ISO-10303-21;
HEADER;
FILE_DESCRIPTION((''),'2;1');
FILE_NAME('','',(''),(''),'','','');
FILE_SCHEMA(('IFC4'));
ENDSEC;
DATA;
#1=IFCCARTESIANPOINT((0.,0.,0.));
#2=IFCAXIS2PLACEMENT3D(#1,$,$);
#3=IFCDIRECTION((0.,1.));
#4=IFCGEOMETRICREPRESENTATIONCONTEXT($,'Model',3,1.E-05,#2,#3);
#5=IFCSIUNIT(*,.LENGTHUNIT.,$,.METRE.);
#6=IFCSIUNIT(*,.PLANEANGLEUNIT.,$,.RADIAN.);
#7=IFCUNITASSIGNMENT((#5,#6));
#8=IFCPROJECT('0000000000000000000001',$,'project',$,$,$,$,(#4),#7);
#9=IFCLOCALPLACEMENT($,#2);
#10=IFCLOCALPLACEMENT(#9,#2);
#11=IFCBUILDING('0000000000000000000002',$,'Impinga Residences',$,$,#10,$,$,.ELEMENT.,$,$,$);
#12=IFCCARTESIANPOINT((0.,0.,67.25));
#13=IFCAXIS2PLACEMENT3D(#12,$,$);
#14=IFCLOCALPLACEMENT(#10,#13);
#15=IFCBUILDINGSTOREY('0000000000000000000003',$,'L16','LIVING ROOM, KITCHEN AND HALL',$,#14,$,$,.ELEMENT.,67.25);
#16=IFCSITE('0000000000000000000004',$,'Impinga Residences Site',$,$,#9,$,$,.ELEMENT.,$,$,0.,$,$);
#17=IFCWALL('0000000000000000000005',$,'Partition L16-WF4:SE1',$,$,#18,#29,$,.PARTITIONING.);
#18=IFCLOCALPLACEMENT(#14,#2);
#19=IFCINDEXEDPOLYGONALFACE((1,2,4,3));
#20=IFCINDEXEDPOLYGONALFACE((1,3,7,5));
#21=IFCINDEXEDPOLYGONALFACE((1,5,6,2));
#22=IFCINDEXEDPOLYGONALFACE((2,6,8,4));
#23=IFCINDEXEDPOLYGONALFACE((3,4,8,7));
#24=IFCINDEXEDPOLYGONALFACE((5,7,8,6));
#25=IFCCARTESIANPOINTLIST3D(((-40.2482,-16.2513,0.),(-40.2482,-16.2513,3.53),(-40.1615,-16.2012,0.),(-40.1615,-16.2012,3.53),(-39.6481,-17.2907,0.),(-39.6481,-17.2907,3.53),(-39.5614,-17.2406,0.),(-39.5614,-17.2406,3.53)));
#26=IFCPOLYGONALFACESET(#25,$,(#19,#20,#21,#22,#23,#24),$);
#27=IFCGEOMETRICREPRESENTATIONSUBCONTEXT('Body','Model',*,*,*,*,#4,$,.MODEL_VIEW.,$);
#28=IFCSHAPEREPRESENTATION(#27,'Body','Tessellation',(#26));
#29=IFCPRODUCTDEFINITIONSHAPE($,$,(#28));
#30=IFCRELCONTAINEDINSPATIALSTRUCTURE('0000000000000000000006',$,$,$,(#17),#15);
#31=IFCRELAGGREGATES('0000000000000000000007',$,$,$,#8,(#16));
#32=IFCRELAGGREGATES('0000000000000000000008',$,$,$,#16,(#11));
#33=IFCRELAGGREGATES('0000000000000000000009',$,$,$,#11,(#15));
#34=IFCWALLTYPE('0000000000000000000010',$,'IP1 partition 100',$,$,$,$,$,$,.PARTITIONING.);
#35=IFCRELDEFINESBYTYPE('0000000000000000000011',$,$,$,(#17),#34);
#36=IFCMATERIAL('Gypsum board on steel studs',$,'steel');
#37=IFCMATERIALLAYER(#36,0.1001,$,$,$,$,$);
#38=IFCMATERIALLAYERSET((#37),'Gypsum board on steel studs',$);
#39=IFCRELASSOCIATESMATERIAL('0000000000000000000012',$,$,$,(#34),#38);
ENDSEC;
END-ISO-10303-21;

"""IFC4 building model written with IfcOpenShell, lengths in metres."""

from ifc_helpers import new_model, si_unit, direction, frame, frame_2d, origin, place, context, subcontext, project, spatial, rectangle, extrude, material, layer, layer_set, type_object, element, save


model = new_model("IFC4")

# Units and contexts
model_context = context("Model", 3, precision=1e-05, world=origin(), true_north=direction((0.0, 1.0)))
body_context = subcontext(model_context, "Body", "Model", "MODEL_VIEW")
ifc_project = project(units=[si_unit("LENGTHUNIT", "METRE"), si_unit("PLANEANGLEUNIT", "RADIAN")], contexts=[model_context])

# Site, building, storey
site_placement = place(None, origin())
site = spatial("IfcSite", under=ifc_project, at=site_placement, Name="Impinga Residences Site", CompositionType="ELEMENT", RefElevation=0.0)
building_placement = place(site_placement, origin())
building = spatial("IfcBuilding", under=site, at=building_placement, Name="Impinga Residences", CompositionType="ELEMENT")
storey_placement = place(building_placement, frame((0.0, 0.0, 67.25)))
storey = spatial("IfcBuildingStorey", under=building, at=storey_placement, Name="L16", Description="LIVING ROOM, KITCHEN AND HALL", CompositionType="ELEMENT", Elevation=67.25)

# Shared definitions
ifc_material_1 = material(Name="Gypsum board on steel studs", Category="steel")
ifc_layer_1 = layer(ifc_material_1, 0.1001)
ifc_layer_set_1 = layer_set([ifc_layer_1], Name="Gypsum board on steel studs")
wall_type_1 = type_object("IfcWallType", Name="IP1 partition 100", PredefinedType="PARTITIONING", material=ifc_layer_set_1)

# Wall
wall_1_placement = place(storey_placement, frame((-39.6047, -17.2656, 0.0), z_axis=(0.0, 0.0, 1.0), x_axis=(-0.500034, 0.866006, 0.0)))
element("IfcWall", 1, at=wall_1_placement, inside=storey, type_object=wall_type_1, Name="Partition L16-WF4:SE1", PredefinedType="PARTITIONING", context=body_context, shape_type="SweptSolid", body=[
    extrude(rectangle(XDim=1.2002, YDim=0.1001, at=frame_2d((0.6001, 0.0))), origin(), (0.0, 0.0, 1.0), 3.53),
])

save(model, "model.ifc")
